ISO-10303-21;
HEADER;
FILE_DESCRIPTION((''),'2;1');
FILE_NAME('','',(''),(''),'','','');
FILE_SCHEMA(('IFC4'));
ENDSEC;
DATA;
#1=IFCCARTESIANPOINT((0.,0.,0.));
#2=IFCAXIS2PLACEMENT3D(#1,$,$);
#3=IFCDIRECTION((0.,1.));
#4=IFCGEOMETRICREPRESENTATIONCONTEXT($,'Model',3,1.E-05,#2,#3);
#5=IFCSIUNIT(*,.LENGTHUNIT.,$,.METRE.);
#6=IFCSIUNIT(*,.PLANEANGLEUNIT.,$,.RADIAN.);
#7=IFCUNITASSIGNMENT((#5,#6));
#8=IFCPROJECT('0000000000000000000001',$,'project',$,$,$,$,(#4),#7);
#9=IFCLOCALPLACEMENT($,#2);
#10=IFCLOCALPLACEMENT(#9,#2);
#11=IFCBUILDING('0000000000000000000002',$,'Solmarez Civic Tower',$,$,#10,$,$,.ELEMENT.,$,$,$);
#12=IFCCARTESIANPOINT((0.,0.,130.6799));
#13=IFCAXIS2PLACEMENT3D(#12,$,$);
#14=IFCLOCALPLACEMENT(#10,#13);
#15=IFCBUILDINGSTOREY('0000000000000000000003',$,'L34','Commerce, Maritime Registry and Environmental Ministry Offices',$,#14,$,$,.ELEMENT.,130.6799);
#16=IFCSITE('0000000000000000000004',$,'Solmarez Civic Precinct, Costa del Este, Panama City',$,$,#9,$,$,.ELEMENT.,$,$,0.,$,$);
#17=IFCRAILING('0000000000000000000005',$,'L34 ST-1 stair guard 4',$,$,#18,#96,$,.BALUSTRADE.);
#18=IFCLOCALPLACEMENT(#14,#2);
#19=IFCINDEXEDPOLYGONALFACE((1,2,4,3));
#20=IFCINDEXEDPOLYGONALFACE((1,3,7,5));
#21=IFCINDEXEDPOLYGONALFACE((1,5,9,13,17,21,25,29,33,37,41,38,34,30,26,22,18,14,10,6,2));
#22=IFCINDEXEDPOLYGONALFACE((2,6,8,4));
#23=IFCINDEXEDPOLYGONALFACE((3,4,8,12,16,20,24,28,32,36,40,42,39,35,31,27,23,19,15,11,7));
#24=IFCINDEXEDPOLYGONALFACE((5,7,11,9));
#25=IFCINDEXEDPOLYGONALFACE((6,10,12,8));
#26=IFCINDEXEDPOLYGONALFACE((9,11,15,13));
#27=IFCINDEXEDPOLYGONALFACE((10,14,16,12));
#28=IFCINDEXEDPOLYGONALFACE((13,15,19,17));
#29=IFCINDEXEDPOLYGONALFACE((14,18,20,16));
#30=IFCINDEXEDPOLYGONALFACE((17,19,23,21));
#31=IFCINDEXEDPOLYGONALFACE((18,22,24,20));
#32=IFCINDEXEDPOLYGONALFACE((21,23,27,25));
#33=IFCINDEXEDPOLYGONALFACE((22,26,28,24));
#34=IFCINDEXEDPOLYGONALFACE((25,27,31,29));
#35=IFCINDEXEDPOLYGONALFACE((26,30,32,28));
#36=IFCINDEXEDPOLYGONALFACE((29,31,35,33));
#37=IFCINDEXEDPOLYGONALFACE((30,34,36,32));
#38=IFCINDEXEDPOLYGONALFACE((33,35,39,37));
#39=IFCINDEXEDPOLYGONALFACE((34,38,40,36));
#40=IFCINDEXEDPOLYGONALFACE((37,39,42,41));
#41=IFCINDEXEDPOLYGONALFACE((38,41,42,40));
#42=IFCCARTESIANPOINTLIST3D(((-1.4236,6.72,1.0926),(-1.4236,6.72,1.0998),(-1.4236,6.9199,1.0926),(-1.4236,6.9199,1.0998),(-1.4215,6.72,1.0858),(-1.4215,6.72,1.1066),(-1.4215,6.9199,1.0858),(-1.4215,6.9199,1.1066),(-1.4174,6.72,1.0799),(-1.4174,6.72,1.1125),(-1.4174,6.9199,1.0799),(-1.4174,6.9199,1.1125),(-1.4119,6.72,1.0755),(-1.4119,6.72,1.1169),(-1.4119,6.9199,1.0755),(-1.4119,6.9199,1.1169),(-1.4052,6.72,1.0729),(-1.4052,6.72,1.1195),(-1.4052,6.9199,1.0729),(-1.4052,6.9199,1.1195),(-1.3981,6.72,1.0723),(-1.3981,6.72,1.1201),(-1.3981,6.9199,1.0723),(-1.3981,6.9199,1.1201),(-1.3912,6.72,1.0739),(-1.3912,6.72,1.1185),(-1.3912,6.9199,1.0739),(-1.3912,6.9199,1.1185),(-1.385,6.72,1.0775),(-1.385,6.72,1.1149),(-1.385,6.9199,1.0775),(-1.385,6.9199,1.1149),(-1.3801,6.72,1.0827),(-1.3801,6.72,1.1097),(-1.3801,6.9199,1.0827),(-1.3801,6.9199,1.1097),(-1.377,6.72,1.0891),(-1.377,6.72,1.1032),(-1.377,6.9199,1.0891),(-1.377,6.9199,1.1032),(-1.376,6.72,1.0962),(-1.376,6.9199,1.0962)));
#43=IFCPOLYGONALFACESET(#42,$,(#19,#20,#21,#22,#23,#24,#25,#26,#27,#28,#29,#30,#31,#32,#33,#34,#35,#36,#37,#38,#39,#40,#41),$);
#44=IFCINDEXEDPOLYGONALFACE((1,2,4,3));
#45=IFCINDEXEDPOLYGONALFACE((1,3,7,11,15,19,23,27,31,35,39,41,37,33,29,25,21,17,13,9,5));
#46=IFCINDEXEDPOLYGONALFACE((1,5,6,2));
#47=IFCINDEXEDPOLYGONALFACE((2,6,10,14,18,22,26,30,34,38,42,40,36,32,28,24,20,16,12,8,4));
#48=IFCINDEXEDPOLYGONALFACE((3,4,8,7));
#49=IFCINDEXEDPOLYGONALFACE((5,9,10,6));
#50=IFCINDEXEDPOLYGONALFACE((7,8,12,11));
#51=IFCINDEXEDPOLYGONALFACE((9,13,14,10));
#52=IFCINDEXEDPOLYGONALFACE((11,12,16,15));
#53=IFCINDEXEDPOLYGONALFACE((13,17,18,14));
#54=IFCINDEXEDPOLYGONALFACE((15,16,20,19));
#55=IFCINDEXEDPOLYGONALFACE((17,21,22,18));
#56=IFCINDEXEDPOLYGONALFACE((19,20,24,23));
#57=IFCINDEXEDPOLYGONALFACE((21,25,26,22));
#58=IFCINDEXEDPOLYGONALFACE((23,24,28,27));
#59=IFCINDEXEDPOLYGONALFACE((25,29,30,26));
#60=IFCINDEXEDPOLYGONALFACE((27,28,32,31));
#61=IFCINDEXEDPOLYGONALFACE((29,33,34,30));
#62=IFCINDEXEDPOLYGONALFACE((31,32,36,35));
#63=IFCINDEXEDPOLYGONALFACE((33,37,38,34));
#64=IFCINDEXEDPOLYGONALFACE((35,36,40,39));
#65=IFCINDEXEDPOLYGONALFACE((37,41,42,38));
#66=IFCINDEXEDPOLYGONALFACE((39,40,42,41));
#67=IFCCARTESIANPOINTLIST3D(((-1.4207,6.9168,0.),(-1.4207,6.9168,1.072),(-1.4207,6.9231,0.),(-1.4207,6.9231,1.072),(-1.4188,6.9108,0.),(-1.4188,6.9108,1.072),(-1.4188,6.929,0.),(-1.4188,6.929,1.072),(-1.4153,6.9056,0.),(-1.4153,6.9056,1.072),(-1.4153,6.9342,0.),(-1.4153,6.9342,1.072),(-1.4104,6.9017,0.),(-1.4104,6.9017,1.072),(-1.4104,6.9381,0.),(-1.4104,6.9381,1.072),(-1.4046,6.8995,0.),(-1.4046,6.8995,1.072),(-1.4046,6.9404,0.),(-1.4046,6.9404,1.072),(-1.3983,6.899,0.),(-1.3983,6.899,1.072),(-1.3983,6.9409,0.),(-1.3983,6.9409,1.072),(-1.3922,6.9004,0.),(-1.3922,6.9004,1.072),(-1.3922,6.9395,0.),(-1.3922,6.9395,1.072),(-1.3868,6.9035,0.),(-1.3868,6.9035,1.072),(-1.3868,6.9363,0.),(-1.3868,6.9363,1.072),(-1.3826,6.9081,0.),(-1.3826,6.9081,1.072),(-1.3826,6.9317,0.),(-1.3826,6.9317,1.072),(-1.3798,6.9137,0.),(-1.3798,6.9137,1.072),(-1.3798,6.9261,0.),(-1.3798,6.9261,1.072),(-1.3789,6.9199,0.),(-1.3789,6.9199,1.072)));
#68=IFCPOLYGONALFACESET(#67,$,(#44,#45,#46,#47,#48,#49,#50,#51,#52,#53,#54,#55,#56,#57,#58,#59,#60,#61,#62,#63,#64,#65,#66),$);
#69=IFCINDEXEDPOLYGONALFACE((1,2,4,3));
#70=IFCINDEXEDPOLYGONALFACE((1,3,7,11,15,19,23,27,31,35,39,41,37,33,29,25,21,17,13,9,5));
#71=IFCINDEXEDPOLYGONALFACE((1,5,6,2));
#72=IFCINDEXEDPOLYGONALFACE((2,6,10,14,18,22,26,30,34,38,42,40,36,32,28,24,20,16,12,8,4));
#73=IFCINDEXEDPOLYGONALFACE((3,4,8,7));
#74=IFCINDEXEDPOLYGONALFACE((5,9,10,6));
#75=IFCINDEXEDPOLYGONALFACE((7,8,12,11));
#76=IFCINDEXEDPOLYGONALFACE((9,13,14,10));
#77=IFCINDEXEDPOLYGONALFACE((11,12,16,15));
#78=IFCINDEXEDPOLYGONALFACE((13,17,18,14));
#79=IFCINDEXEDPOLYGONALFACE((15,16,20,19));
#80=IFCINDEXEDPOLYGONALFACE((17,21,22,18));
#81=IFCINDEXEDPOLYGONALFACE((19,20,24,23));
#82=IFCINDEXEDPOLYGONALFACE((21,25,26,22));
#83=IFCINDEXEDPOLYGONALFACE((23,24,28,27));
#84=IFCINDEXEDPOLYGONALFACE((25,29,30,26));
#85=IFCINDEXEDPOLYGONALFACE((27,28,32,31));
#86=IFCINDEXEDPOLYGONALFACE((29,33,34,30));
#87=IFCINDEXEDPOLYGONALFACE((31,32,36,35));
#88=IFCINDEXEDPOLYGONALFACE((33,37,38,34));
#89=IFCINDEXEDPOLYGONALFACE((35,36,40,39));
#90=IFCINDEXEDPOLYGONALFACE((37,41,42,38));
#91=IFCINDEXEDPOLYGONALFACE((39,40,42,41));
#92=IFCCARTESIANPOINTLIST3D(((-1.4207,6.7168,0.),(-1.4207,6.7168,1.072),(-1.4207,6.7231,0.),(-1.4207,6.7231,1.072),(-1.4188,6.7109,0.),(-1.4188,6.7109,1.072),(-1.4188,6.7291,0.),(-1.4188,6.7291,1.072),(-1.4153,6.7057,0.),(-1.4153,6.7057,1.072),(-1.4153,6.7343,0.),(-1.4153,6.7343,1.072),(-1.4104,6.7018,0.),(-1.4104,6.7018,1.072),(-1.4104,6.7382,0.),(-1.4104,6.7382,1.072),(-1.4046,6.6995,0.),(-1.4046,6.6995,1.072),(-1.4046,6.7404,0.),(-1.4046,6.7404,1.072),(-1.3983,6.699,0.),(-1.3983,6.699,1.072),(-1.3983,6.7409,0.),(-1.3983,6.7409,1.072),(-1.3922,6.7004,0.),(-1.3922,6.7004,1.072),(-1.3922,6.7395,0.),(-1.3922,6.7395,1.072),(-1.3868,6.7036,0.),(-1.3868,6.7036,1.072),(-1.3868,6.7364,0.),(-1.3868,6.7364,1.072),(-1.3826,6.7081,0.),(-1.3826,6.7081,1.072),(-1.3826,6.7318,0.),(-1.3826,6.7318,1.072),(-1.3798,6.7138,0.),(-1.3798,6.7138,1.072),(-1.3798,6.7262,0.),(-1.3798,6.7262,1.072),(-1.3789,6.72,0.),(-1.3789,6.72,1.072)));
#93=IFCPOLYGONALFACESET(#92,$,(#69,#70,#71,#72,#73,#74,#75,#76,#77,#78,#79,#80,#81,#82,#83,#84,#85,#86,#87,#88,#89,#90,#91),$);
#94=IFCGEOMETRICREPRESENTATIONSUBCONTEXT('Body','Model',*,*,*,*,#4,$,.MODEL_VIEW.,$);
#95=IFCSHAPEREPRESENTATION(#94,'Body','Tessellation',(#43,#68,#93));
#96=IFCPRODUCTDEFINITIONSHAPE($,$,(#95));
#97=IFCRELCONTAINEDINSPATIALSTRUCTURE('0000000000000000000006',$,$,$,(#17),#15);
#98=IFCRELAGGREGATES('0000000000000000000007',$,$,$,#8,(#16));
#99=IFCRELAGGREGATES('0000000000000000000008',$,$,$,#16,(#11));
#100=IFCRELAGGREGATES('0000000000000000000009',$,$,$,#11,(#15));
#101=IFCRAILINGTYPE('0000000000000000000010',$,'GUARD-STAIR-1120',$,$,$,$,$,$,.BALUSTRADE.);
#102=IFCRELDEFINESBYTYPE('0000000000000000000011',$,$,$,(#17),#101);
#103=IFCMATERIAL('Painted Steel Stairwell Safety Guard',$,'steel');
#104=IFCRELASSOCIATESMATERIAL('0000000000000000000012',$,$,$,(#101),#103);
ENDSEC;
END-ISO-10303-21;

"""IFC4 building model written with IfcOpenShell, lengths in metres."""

from ifc_helpers import new_model, si_unit, direction, frame, origin, origin_2d, place, context, subcontext, project, spatial, circle, extrude, material, type_object, element, save


model = new_model("IFC4")

# Units and contexts
model_context = context("Model", 3, precision=1e-05, world=origin(), true_north=direction((0.0, 1.0)))
body_context = subcontext(model_context, "Body", "Model", "MODEL_VIEW")
ifc_project = project(units=[si_unit("LENGTHUNIT", "METRE"), si_unit("PLANEANGLEUNIT", "RADIAN")], contexts=[model_context])

# Site, building, storey
site_placement = place(None, origin())
site = spatial("IfcSite", under=ifc_project, at=site_placement, Name="Solmarez Civic Precinct, Costa del Este, Panama City", CompositionType="ELEMENT", RefElevation=0.0)
building_placement = place(site_placement, origin())
building = spatial("IfcBuilding", under=site, at=building_placement, Name="Solmarez Civic Tower", CompositionType="ELEMENT")
storey_placement = place(building_placement, frame((0.0, 0.0, 130.6799)))
storey = spatial("IfcBuildingStorey", under=building, at=storey_placement, Name="L34", Description="Commerce, Maritime Registry and Environmental Ministry Offices", CompositionType="ELEMENT", Elevation=130.6799)

# Railing
ifc_material_1 = material(Name="Painted Steel Stairwell Safety Guard", Category="steel")
railing_type_1 = type_object("IfcRailingType", Name="GUARD-STAIR-1120", PredefinedType="BALUSTRADE", material=ifc_material_1)
railing_1_placement = place(storey_placement, frame((-1.3999, 6.9199, 0.0)))
element("IfcRailing", 1, at=railing_1_placement, inside=storey, type_object=railing_type_1, Name="L34 ST-1 stair guard 4", PredefinedType="BALUSTRADE", context=body_context, shape_type="SweptSolid", body=[
    extrude(circle(Radius=0.0239, at=origin_2d()), frame((0.0, 0.0, 1.0962), z_axis=(0.0, -1.0, 0.0), x_axis=(1.0, 0.0, 0.0)), (0.0, 0.0, 1.0), 0.2),
    extrude(circle(Radius=0.021, at=origin_2d()), origin(), (0.0, 0.0, 1.0), 1.072),
    extrude(circle(Radius=0.021, at=origin_2d()), frame((0.0, -0.2, 0.0)), (0.0, 0.0, 1.0), 1.072),
])

save(model, "model.ifc")
